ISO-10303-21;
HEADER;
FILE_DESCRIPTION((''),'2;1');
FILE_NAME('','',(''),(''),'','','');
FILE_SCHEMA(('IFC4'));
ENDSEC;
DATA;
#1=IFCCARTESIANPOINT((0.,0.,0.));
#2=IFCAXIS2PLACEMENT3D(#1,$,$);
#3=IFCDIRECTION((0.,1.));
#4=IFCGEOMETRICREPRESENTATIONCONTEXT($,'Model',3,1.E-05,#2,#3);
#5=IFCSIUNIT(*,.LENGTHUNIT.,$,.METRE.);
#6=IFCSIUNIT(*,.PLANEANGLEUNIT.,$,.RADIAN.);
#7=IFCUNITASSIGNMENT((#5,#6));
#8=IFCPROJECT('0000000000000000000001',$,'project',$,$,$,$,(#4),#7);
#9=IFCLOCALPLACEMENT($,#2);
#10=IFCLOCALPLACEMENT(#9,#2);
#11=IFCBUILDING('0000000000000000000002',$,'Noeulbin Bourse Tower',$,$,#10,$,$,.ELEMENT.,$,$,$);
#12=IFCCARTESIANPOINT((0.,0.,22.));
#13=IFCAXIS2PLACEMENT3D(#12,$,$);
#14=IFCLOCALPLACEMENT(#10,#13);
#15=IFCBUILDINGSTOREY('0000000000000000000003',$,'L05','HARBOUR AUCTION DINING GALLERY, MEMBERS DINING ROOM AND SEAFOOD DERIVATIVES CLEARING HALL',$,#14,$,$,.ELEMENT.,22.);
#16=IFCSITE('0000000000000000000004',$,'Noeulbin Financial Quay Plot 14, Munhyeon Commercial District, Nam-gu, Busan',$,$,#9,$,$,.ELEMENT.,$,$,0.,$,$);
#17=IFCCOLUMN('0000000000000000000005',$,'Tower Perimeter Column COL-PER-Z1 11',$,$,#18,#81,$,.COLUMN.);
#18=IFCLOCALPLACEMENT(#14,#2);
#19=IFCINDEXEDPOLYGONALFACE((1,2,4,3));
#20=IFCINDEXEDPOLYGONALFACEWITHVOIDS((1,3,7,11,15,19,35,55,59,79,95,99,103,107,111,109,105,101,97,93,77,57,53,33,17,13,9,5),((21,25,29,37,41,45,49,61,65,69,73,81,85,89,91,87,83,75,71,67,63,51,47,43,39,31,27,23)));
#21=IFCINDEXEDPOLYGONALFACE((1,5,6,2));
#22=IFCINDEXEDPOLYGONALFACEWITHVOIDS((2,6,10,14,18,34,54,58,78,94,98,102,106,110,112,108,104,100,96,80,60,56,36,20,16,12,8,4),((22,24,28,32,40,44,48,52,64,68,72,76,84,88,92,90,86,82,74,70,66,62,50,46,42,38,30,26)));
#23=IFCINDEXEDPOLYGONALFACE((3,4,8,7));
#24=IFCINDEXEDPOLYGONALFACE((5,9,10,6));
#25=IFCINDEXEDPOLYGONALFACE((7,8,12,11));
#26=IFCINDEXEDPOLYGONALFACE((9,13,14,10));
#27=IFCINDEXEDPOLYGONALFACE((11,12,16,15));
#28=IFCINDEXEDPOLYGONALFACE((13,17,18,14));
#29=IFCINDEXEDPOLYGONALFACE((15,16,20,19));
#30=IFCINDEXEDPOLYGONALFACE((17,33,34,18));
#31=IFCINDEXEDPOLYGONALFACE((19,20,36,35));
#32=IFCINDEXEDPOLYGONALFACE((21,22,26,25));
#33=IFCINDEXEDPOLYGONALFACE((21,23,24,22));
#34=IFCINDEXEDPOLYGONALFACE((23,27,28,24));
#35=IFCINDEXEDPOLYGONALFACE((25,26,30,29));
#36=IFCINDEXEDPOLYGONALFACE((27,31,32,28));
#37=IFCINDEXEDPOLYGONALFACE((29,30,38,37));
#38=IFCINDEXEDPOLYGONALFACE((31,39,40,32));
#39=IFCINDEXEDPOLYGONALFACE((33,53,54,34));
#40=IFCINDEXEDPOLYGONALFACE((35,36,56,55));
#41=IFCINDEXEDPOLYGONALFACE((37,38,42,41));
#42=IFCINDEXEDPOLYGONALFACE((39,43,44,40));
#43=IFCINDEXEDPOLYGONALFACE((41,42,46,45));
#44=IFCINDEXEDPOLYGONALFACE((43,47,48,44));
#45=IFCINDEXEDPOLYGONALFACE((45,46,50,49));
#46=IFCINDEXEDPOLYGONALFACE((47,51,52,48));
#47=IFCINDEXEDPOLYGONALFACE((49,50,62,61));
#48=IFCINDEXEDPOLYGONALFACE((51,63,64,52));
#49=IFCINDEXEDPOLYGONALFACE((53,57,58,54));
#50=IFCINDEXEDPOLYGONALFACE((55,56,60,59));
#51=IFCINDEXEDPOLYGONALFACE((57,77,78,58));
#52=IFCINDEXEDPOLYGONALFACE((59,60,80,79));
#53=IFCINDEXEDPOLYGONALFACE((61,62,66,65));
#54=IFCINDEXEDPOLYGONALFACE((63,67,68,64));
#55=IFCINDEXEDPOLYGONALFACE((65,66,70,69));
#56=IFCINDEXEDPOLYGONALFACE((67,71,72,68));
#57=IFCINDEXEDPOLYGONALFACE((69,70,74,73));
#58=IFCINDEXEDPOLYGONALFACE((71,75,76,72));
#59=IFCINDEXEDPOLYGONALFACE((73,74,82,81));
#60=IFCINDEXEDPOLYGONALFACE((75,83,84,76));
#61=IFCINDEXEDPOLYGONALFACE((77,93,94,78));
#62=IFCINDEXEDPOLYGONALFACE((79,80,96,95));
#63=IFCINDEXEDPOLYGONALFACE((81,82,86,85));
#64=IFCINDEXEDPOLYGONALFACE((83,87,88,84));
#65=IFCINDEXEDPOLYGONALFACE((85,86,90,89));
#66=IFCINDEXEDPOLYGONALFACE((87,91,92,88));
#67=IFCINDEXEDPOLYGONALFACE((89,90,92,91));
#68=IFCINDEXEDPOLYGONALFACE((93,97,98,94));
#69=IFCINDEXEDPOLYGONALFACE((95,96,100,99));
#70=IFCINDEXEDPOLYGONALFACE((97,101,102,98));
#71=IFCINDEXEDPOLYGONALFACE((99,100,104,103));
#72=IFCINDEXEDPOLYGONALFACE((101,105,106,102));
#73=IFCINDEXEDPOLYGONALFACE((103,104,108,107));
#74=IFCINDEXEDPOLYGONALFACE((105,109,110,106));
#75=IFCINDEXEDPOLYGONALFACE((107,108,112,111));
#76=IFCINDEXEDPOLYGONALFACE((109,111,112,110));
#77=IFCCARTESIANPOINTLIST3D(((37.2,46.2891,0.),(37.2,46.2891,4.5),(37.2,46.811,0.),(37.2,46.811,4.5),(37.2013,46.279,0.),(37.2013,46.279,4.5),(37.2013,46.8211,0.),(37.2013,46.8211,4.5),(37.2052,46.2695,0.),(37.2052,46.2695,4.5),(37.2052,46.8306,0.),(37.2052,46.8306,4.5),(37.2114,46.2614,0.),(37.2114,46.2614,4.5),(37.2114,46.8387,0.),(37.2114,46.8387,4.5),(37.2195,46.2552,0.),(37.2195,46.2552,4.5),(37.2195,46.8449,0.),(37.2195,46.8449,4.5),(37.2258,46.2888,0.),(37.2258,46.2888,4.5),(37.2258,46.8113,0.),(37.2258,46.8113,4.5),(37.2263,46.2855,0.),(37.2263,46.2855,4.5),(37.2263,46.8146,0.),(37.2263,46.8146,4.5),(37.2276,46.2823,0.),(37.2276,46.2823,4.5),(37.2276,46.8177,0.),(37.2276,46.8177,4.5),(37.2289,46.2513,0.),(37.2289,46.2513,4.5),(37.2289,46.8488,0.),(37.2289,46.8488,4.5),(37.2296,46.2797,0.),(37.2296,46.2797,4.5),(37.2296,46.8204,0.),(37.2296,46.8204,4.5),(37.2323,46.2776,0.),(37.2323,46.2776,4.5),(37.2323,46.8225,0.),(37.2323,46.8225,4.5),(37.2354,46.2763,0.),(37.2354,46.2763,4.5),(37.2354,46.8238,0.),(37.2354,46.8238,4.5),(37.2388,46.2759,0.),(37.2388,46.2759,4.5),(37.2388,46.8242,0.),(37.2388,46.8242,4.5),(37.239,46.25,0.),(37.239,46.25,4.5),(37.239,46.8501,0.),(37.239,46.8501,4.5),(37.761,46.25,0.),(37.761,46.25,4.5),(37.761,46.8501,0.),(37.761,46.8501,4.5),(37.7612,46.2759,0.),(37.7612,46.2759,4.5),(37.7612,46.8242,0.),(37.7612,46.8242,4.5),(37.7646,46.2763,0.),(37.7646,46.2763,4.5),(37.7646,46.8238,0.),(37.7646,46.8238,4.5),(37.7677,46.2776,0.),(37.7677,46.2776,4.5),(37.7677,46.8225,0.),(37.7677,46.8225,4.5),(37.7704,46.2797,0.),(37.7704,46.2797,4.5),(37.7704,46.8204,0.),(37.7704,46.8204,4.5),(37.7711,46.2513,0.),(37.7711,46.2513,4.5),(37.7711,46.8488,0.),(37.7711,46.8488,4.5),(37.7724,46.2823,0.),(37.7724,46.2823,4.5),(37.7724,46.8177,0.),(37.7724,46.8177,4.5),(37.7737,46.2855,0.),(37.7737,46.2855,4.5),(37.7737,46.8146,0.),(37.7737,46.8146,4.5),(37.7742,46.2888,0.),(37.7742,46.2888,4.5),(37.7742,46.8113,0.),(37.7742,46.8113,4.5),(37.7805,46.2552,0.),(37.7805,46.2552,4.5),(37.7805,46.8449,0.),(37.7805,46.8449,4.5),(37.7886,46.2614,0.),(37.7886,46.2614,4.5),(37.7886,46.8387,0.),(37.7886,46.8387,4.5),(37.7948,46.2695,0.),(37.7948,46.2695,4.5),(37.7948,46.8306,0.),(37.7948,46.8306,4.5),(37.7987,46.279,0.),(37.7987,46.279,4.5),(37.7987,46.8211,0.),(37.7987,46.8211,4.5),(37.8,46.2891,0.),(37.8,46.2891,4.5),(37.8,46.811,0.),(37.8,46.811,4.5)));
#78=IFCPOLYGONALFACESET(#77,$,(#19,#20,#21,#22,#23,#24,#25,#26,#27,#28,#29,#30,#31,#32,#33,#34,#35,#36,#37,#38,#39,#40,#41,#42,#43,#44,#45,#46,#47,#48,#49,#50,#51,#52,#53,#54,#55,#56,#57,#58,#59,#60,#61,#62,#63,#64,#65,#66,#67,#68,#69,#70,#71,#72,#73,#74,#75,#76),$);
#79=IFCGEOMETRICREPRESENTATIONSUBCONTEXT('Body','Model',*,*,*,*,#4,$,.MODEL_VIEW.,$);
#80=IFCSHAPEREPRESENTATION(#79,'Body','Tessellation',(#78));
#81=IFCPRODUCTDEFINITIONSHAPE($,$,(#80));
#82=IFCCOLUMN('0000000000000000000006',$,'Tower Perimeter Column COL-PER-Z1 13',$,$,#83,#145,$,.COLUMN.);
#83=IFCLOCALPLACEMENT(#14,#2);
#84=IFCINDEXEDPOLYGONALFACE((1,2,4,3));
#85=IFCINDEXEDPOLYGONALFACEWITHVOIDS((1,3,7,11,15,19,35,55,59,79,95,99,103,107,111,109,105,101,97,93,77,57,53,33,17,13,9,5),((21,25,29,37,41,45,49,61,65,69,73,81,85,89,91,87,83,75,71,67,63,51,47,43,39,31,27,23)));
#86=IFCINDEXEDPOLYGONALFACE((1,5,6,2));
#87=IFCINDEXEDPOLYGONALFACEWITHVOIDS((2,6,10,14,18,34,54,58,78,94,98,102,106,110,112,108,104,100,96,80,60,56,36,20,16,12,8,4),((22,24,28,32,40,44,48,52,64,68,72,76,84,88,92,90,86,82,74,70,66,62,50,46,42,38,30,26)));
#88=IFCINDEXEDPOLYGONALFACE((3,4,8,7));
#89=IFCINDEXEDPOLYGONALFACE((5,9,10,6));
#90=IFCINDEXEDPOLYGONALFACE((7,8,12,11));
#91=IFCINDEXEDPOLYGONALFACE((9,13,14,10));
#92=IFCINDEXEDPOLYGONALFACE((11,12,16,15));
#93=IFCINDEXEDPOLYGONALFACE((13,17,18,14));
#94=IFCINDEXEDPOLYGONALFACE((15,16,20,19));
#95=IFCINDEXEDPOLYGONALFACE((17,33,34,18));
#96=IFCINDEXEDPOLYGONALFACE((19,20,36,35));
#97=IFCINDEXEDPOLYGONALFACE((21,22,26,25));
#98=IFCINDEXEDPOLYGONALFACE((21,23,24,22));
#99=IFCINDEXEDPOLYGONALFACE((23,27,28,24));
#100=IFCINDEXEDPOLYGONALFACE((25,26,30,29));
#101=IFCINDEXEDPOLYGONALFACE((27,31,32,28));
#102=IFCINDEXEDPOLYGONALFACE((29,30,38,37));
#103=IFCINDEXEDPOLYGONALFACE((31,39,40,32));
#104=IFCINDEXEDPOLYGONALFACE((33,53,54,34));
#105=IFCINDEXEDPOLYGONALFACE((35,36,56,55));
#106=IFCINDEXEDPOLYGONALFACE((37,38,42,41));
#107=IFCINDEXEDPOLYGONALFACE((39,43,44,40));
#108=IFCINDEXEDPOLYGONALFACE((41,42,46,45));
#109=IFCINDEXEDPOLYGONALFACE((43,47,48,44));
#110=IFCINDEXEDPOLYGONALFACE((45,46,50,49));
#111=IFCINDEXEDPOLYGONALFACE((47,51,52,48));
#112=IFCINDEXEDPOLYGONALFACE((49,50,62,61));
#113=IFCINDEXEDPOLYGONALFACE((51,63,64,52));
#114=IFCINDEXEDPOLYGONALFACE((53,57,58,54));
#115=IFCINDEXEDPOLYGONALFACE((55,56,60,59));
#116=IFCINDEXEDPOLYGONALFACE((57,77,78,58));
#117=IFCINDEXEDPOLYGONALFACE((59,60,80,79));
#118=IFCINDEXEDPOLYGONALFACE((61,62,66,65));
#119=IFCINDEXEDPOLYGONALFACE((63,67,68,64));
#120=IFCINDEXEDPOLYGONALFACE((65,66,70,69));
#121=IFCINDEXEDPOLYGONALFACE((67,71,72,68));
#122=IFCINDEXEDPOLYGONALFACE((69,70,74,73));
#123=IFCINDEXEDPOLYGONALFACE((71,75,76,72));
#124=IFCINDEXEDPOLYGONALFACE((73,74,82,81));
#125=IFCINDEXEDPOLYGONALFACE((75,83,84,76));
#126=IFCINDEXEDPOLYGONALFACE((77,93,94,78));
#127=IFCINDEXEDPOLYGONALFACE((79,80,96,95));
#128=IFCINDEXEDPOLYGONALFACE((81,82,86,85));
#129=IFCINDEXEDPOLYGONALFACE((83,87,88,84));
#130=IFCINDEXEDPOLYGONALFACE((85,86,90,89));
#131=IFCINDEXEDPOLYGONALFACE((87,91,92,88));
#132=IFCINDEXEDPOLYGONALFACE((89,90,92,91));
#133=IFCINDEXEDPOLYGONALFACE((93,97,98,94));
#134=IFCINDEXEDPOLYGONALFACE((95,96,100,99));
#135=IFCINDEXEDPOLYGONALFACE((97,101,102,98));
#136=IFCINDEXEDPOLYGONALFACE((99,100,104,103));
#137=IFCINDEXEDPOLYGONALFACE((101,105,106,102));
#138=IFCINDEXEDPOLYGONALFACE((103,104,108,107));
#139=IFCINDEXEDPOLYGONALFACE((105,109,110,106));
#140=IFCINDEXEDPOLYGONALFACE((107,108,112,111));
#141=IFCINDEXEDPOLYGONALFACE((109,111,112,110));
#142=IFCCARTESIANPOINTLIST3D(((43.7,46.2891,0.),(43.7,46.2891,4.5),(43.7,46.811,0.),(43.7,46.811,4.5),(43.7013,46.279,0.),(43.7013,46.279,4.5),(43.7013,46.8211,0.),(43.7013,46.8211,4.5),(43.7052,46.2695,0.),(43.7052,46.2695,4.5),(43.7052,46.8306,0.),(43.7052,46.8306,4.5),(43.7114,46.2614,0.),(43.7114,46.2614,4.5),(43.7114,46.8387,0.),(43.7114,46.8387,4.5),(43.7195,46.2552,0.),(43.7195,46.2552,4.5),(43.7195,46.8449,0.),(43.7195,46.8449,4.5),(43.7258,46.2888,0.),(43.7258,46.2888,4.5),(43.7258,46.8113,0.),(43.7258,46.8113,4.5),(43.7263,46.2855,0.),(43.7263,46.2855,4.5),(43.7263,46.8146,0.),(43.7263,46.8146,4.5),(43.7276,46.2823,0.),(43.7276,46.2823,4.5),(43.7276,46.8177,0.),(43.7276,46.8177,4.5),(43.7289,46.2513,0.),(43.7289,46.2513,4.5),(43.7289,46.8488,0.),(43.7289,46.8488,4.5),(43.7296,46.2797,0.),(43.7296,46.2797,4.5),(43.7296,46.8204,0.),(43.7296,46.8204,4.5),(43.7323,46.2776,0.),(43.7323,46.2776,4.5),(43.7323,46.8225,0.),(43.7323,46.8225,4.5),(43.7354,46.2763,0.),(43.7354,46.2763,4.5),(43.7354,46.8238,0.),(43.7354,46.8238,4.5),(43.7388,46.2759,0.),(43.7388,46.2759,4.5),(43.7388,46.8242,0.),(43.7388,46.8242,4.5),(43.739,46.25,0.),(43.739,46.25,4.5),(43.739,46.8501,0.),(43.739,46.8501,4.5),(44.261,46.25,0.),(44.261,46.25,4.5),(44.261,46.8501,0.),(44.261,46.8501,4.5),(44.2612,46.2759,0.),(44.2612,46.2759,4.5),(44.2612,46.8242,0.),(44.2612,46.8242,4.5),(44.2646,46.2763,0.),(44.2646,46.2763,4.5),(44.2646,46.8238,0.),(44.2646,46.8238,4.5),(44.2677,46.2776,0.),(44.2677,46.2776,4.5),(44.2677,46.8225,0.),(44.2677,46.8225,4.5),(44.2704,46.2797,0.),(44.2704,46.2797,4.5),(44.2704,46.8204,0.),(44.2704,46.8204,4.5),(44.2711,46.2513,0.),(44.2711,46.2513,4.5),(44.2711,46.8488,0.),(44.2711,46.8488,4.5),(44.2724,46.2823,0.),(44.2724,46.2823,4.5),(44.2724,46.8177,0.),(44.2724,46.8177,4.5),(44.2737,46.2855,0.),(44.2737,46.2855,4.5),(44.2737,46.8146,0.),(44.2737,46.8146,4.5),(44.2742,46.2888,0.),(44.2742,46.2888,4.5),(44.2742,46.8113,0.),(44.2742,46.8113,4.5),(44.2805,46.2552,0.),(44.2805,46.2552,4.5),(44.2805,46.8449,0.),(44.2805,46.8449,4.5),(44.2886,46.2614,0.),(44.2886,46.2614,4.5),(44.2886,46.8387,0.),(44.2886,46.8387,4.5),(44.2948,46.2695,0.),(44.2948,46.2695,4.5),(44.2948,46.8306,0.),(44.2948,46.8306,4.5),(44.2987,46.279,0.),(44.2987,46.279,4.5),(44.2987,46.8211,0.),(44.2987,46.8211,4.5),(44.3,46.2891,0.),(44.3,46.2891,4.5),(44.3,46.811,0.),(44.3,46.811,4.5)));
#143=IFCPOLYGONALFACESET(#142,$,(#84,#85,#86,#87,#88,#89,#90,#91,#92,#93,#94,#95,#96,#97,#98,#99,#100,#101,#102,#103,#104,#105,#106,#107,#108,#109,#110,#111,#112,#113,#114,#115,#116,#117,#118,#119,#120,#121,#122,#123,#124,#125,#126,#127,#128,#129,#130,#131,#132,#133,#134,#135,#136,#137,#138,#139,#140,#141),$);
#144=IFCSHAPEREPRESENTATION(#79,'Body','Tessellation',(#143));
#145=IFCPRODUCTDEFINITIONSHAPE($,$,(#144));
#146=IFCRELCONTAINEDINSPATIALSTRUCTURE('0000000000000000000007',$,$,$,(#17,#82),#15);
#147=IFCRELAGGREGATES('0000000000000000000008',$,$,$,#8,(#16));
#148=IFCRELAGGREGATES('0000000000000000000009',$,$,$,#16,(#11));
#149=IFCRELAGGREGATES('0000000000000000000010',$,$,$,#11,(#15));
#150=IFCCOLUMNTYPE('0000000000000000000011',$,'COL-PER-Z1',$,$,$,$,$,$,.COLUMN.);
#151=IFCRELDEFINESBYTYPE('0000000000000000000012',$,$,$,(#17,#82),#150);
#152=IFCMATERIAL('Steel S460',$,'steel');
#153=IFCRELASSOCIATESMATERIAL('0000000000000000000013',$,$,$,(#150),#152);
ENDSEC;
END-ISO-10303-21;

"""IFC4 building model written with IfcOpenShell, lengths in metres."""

from ifc_helpers import new_model, si_unit, direction, frame, origin, origin_2d, place, context, subcontext, project, spatial, hollow_rectangle, extrude, material, material_profile, profile_set, type_object, element, save


model = new_model("IFC4")

# Units and contexts
model_context = context("Model", 3, precision=1e-05, world=origin(), true_north=direction((0.0, 1.0)))
body_context = subcontext(model_context, "Body", "Model", "MODEL_VIEW")
ifc_project = project(units=[si_unit("LENGTHUNIT", "METRE"), si_unit("PLANEANGLEUNIT", "RADIAN")], contexts=[model_context])

# Site, building, storey
site_placement = place(None, origin())
site = spatial("IfcSite", under=ifc_project, at=site_placement, Name="Noeulbin Financial Quay Plot 14, Munhyeon Commercial District, Nam-gu, Busan", CompositionType="ELEMENT", RefElevation=0.0)
building_placement = place(site_placement, origin())
building = spatial("IfcBuilding", under=site, at=building_placement, Name="Noeulbin Bourse Tower", CompositionType="ELEMENT")
storey_placement = place(building_placement, frame((0.0, 0.0, 22.0)))
storey = spatial("IfcBuildingStorey", under=building, at=storey_placement, Name="L05", Description="HARBOUR AUCTION DINING GALLERY, MEMBERS DINING ROOM AND SEAFOOD DERIVATIVES CLEARING HALL", CompositionType="ELEMENT", Elevation=22.0)

# Columns
ifc_material_1 = material(Name="Steel S460", Category="steel")
ifc_material_profile_1 = material_profile(ifc_material_1, hollow_rectangle(XDim=0.6001, YDim=0.6001, WallThickness=0.0259, InnerFilletRadius=0.0129, OuterFilletRadius=0.0391, at=origin_2d()), Name="BOX-600x600x26", Category="LoadBearing")
ifc_profile_set_1 = profile_set([ifc_material_profile_1], Name="Steel S460")
column_type_1 = type_object("IfcColumnType", Name="COL-PER-Z1", PredefinedType="COLUMN", material=ifc_profile_set_1)
for number, where, z_axis, x_axis, name in (
    (1, (37.5, 46.55, 0.0), (0.0, 0.0, 1.0), (1.0, 0.0, 0.0), "Tower Perimeter Column COL-PER-Z1 11"),
    (2, (44.0, 46.55, 0.0), (0.0, 0.0, 1.0), (1.0, 0.0, 0.0), "Tower Perimeter Column COL-PER-Z1 13"),
):
    element("IfcColumn", number, at=place(storey_placement, frame(where, z_axis=z_axis, x_axis=x_axis)), inside=storey, type_object=column_type_1, Name=name, PredefinedType="COLUMN", context=body_context, shape_type="SweptSolid", body=[
        extrude(hollow_rectangle(XDim=0.6001, YDim=0.6001, WallThickness=0.0259, InnerFilletRadius=0.0129, OuterFilletRadius=0.0391, at=origin_2d()), origin(), (0.0, 0.0, 1.0), 4.5),
    ])

save(model, "model.ifc")
